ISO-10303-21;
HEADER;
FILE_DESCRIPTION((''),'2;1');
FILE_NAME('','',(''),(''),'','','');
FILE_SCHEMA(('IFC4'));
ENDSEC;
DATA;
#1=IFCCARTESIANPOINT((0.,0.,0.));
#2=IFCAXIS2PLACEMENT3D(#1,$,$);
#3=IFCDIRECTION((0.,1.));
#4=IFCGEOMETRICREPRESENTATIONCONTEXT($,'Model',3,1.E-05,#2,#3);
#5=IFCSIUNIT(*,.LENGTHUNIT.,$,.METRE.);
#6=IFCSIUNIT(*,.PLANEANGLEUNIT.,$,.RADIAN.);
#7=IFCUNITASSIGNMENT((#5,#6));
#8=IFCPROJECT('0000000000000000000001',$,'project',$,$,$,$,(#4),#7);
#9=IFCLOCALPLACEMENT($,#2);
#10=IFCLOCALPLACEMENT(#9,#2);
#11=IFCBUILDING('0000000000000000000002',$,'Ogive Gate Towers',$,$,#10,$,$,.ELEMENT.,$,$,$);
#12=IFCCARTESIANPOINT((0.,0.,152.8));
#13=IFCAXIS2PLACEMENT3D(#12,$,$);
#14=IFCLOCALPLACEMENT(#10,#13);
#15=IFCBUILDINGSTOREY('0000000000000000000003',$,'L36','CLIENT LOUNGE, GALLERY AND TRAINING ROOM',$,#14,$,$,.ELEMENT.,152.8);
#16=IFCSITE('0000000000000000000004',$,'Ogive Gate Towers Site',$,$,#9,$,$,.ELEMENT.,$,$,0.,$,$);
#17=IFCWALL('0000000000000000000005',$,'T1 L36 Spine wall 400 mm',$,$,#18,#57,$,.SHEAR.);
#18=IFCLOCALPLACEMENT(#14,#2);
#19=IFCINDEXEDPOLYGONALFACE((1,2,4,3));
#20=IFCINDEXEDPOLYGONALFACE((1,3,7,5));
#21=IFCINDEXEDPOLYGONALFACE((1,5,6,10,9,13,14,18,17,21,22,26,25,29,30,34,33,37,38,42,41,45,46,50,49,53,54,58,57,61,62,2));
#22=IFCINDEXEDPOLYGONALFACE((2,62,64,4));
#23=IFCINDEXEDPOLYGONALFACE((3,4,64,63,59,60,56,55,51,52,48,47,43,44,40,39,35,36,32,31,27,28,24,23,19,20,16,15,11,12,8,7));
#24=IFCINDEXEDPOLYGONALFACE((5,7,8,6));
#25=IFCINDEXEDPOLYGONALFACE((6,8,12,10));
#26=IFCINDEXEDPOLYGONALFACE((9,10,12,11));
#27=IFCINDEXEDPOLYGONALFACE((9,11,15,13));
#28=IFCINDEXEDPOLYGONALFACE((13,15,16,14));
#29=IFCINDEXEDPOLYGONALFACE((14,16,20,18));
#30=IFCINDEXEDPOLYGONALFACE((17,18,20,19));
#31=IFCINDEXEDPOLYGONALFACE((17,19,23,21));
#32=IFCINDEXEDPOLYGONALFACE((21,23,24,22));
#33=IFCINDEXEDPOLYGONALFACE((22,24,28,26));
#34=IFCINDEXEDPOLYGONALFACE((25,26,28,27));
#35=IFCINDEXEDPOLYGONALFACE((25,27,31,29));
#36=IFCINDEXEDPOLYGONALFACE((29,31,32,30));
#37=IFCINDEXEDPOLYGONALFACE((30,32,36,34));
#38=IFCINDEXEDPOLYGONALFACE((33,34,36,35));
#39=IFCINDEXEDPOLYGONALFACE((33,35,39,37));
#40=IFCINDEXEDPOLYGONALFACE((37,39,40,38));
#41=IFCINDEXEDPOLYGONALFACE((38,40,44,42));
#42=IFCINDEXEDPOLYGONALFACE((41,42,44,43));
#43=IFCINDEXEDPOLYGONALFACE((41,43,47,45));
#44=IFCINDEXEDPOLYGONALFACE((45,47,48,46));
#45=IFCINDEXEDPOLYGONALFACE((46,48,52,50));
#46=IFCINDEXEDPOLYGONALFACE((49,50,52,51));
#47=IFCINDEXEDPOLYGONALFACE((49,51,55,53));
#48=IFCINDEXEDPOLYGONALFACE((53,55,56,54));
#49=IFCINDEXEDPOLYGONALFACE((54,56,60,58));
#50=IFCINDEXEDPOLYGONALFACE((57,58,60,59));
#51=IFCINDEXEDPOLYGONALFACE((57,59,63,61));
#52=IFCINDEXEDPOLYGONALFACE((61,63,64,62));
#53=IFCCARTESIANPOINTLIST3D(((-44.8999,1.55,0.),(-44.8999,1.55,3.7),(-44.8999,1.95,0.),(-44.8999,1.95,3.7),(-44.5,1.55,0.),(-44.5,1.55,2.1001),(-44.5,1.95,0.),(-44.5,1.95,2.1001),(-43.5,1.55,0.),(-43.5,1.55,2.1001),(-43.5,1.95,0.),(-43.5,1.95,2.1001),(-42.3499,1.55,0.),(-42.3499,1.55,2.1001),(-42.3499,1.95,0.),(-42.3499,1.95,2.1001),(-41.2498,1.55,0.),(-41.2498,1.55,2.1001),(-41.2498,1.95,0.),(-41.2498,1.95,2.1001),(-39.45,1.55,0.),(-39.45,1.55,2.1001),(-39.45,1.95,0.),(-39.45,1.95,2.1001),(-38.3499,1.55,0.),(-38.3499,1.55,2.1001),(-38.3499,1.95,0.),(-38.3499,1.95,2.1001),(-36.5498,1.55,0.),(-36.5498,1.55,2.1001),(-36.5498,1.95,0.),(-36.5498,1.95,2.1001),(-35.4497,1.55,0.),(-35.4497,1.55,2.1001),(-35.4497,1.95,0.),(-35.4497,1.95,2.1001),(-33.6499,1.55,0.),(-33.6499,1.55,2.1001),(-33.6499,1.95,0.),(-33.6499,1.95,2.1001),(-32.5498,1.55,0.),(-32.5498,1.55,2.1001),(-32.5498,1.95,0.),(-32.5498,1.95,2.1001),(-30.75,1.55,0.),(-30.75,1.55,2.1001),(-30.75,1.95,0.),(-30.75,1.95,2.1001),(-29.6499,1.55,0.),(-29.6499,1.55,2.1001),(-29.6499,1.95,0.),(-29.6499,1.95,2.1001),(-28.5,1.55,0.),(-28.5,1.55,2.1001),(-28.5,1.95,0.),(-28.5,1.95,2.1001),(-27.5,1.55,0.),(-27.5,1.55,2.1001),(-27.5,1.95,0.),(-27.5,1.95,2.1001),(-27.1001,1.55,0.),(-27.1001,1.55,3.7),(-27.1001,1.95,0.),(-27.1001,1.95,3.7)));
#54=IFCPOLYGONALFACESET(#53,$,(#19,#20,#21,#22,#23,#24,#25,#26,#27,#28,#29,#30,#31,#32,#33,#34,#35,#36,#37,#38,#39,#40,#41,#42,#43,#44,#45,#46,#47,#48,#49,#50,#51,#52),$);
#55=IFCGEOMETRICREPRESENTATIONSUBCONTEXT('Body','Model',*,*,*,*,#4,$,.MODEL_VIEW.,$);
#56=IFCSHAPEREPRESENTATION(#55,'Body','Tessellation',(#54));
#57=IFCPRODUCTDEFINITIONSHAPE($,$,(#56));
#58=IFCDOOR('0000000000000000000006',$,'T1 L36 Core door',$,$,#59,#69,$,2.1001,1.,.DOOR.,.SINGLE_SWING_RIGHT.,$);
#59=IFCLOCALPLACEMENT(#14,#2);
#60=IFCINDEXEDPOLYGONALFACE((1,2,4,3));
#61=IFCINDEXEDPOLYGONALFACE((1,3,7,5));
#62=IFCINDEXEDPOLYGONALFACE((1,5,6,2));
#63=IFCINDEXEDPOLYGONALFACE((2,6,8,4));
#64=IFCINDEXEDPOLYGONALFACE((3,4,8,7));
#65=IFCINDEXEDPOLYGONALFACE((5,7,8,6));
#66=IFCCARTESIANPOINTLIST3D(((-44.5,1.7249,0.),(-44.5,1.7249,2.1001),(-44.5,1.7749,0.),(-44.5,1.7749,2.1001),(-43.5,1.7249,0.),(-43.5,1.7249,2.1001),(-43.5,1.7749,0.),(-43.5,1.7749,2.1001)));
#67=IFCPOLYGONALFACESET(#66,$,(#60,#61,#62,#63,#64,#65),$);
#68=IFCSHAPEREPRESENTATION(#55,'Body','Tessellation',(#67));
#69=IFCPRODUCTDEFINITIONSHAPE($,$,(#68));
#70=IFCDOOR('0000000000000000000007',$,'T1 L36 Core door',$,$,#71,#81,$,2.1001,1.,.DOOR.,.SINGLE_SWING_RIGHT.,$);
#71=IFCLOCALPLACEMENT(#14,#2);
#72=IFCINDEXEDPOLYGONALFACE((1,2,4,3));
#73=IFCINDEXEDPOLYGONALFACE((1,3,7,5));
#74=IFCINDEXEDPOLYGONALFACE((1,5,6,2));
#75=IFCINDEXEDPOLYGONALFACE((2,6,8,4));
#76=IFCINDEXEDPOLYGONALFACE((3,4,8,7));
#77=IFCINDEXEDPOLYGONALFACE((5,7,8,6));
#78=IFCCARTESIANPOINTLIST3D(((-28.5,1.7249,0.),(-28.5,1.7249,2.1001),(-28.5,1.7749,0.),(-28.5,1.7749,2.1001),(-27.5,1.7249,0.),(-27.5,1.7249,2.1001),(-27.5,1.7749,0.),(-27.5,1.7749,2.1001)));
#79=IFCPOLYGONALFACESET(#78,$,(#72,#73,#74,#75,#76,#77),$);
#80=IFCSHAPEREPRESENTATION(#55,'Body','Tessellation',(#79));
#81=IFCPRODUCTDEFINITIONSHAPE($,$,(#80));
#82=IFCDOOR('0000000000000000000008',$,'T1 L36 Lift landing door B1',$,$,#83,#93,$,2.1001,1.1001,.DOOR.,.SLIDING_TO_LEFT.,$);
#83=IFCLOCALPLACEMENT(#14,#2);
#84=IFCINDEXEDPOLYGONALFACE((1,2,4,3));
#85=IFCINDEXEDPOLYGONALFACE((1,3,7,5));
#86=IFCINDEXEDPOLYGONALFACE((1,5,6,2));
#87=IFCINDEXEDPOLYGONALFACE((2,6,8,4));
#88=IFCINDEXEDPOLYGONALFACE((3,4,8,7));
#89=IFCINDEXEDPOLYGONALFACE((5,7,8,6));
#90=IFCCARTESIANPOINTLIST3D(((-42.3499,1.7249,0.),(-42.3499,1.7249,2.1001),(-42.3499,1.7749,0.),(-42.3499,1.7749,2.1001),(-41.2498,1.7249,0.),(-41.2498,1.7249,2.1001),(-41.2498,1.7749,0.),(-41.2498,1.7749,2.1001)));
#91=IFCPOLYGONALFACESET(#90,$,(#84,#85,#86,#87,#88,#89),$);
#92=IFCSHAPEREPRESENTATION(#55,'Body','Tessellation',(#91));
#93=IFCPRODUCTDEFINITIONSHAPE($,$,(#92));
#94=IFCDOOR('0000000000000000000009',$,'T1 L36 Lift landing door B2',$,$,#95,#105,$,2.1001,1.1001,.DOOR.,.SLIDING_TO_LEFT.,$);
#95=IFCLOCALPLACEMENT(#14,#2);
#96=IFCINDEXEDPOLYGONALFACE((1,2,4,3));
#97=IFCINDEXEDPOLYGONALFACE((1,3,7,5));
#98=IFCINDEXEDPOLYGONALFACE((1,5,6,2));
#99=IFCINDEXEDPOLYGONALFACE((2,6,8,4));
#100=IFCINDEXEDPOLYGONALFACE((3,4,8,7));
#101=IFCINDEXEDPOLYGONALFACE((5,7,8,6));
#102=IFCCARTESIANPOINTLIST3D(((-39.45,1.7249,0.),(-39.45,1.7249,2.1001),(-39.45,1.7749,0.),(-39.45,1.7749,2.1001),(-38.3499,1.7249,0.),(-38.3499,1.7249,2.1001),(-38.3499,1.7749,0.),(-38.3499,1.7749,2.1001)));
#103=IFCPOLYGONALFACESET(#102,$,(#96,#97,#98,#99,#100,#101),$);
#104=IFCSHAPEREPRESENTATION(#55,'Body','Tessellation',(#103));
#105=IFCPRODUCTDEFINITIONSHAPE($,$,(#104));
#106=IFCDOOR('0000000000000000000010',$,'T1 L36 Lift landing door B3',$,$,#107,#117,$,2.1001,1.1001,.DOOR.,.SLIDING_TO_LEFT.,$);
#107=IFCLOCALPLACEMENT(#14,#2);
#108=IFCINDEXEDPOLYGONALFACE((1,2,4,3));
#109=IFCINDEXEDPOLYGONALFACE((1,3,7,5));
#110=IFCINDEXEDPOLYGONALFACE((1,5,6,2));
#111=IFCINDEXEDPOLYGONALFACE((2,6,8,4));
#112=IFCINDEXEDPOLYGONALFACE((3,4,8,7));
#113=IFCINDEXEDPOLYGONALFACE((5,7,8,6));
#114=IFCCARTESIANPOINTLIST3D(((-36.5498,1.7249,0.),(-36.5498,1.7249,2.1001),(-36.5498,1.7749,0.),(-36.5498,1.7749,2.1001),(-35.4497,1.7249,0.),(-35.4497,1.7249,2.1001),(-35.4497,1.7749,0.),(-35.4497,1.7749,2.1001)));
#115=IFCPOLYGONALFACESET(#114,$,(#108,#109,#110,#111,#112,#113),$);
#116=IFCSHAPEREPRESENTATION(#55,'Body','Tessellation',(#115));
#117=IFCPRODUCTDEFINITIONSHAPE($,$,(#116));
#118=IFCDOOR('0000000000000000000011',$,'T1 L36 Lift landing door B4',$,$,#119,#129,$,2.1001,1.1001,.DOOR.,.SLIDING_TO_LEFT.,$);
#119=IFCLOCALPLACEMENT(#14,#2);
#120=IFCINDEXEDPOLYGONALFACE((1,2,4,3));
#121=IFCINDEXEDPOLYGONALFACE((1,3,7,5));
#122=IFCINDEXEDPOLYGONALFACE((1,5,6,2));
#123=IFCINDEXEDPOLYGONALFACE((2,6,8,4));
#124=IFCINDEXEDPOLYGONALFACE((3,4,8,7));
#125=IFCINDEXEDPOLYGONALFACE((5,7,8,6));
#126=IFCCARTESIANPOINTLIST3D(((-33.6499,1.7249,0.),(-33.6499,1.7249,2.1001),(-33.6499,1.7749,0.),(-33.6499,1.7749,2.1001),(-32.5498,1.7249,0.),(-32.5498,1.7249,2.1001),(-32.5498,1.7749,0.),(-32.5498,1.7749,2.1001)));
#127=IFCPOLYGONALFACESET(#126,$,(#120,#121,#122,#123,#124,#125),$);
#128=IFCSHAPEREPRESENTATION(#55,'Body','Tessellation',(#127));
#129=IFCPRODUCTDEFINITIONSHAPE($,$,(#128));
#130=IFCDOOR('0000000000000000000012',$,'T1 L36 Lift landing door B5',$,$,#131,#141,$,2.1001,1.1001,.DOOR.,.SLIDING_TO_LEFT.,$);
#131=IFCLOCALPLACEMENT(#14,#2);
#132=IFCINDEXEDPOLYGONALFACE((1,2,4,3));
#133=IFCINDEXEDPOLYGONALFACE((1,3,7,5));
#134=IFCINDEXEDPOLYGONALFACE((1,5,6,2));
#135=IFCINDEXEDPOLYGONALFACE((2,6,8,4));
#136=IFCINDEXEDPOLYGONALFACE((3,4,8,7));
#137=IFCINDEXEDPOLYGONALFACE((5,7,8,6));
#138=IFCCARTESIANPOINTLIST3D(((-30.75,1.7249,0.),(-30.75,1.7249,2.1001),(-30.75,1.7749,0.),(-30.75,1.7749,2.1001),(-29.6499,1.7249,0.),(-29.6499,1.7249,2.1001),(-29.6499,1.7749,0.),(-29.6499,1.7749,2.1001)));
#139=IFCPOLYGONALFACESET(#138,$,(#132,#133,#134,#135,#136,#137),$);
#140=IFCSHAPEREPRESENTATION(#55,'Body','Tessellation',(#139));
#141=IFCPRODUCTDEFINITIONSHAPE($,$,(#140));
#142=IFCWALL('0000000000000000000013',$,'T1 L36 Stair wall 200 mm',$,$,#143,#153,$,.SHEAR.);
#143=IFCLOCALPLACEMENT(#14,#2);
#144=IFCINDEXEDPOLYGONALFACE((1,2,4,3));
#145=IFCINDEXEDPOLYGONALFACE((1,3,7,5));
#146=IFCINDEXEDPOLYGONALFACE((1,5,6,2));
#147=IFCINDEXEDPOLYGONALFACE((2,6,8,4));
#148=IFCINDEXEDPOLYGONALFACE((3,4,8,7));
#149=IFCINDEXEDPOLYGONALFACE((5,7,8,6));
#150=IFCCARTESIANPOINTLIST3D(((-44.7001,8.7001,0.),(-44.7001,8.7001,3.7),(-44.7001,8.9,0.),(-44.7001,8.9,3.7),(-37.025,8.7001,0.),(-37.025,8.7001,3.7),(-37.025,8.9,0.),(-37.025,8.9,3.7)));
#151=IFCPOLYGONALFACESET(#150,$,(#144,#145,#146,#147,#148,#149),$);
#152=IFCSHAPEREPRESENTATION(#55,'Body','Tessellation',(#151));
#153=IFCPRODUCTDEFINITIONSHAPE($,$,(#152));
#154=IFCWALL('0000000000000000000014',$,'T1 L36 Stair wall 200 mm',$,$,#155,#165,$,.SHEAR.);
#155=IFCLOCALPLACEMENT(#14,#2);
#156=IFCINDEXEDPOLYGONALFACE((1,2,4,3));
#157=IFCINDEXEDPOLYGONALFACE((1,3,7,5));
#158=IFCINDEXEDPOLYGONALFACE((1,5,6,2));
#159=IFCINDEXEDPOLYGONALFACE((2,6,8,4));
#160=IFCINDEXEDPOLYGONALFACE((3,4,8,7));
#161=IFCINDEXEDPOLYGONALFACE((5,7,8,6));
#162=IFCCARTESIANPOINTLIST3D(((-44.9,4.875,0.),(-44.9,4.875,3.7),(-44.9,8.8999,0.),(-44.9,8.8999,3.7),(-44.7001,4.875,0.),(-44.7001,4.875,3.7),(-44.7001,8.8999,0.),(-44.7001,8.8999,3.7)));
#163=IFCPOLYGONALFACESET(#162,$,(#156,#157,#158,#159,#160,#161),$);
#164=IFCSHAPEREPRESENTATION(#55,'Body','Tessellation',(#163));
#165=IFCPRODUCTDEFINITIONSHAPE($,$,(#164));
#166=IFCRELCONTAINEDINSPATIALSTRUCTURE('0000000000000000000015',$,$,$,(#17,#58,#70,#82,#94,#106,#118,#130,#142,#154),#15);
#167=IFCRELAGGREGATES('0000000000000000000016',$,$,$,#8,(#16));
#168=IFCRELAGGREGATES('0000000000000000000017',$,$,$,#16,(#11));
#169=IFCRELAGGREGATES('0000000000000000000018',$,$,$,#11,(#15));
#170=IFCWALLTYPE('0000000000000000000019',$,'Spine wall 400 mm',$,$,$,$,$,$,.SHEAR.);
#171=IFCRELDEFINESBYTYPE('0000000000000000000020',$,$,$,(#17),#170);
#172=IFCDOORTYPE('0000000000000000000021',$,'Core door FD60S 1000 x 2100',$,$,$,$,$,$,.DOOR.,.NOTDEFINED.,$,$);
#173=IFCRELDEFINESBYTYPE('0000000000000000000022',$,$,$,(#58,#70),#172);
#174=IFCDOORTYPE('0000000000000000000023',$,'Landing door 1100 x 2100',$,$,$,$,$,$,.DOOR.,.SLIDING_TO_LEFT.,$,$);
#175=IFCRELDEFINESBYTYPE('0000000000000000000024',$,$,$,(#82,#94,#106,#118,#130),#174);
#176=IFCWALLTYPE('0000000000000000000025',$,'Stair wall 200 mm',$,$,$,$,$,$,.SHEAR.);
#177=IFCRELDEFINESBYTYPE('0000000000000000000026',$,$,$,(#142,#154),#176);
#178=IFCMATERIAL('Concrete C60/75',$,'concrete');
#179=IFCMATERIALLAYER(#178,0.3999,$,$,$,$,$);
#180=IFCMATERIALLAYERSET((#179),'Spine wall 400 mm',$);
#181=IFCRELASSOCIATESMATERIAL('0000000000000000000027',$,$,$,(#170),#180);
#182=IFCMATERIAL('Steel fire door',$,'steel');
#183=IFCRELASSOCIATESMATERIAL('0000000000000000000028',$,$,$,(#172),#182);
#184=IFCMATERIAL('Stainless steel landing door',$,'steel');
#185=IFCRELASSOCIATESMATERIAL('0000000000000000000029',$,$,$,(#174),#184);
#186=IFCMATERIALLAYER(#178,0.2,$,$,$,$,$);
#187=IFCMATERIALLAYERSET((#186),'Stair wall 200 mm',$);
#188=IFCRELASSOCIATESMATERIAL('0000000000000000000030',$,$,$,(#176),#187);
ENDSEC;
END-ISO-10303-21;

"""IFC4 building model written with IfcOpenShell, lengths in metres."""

from ifc_helpers import new_model, si_unit, direction, frame, frame_2d, origin, place, context, subcontext, project, spatial, rectangle, extrude, material, layer, layer_set, type_object, element, fill, save


model = new_model("IFC4")

# Units and contexts
model_context = context("Model", 3, precision=1e-05, world=origin(), true_north=direction((0.0, 1.0)))
body_context = subcontext(model_context, "Body", "Model", "MODEL_VIEW")
ifc_project = project(units=[si_unit("LENGTHUNIT", "METRE"), si_unit("PLANEANGLEUNIT", "RADIAN")], contexts=[model_context])

# Site, building, storey
site_placement = place(None, origin())
site = spatial("IfcSite", under=ifc_project, at=site_placement, Name="Ogive Gate Towers Site", CompositionType="ELEMENT", RefElevation=0.0)
building_placement = place(site_placement, origin())
building = spatial("IfcBuilding", under=site, at=building_placement, Name="Ogive Gate Towers", CompositionType="ELEMENT")
storey_placement = place(building_placement, frame((0.0, 0.0, 152.8)))
storey = spatial("IfcBuildingStorey", under=building, at=storey_placement, Name="L36", Description="CLIENT LOUNGE, GALLERY AND TRAINING ROOM", CompositionType="ELEMENT", Elevation=152.8)

# Shared definitions
ifc_material_1 = material(Name="Concrete C60/75", Category="concrete")
ifc_material_2 = material(Name="Steel fire door", Category="steel")

# Shared definitions
ifc_material_3 = material(Name="Stainless steel landing door", Category="steel")

# Wall, openings, doors
ifc_layer_1 = layer(ifc_material_1, 0.3999)
ifc_layer_set_1 = layer_set([ifc_layer_1], Name="Spine wall 400 mm")
wall_type_1 = type_object("IfcWallType", Name="Spine wall 400 mm", PredefinedType="SHEAR", material=ifc_layer_set_1)
wall_1_placement = place(storey_placement, frame((-44.8999, 1.75, 0.0), z_axis=(0.0, 0.0, 1.0), x_axis=(1.0, 0.0, 0.0)))
wall_1 = element("IfcWall", 1, at=wall_1_placement, inside=storey, type_object=wall_type_1, Name="T1 L36 Spine wall 400 mm", PredefinedType="SHEAR", context=body_context, shape_type="SweptSolid", body=[
    extrude(rectangle(XDim=17.7998, YDim=0.3999, at=frame_2d((8.8999, 0.0))), origin(), (0.0, 0.0, 1.0), 3.7),
])
opening_1_placement = place(wall_1_placement, frame((0.3999, 0.0, 0.0)))
opening_1 = element("IfcOpeningElement", 2, at=opening_1_placement, cuts=wall_1, PredefinedType="OPENING", context=body_context, shape_type="SweptSolid", body=[
    extrude(rectangle(XDim=1.0, YDim=2.1001, at=frame_2d((0.5, 1.05))), frame((0.0, 0.21, 0.0), z_axis=(0.0, -1.0, 0.0), x_axis=(1.0, 0.0, 0.0)), (0.0, 0.0, 1.0), 0.4199),
])
opening_2_placement = place(wall_1_placement, frame((2.55, 0.0, 0.0)))
opening_2 = element("IfcOpeningElement", 3, at=opening_2_placement, cuts=wall_1, PredefinedType="OPENING", context=body_context, shape_type="SweptSolid", body=[
    extrude(rectangle(XDim=1.1001, YDim=2.1001, at=frame_2d((0.55, 1.05))), frame((0.0, 0.21, 0.0), z_axis=(0.0, -1.0, 0.0), x_axis=(1.0, 0.0, 0.0)), (0.0, 0.0, 1.0), 0.4199),
])
opening_3_placement = place(wall_1_placement, frame((5.45, 0.0, 0.0)))
opening_3 = element("IfcOpeningElement", 4, at=opening_3_placement, cuts=wall_1, PredefinedType="OPENING", context=body_context, shape_type="SweptSolid", body=[
    extrude(rectangle(XDim=1.1001, YDim=2.1001, at=frame_2d((0.55, 1.05))), frame((0.0, 0.21, 0.0), z_axis=(0.0, -1.0, 0.0), x_axis=(1.0, 0.0, 0.0)), (0.0, 0.0, 1.0), 0.4199),
])
opening_4_placement = place(wall_1_placement, frame((8.3501, 0.0, 0.0)))
opening_4 = element("IfcOpeningElement", 5, at=opening_4_placement, cuts=wall_1, PredefinedType="OPENING", context=body_context, shape_type="SweptSolid", body=[
    extrude(rectangle(XDim=1.1001, YDim=2.1001, at=frame_2d((0.55, 1.05))), frame((0.0, 0.21, 0.0), z_axis=(0.0, -1.0, 0.0), x_axis=(1.0, 0.0, 0.0)), (0.0, 0.0, 1.0), 0.4199),
])
opening_5_placement = place(wall_1_placement, frame((11.25, 0.0, 0.0)))
opening_5 = element("IfcOpeningElement", 6, at=opening_5_placement, cuts=wall_1, PredefinedType="OPENING", context=body_context, shape_type="SweptSolid", body=[
    extrude(rectangle(XDim=1.1001, YDim=2.1001, at=frame_2d((0.55, 1.05))), frame((0.0, 0.21, 0.0), z_axis=(0.0, -1.0, 0.0), x_axis=(1.0, 0.0, 0.0)), (0.0, 0.0, 1.0), 0.4199),
])
opening_6_placement = place(wall_1_placement, frame((14.1499, 0.0, 0.0)))
opening_6 = element("IfcOpeningElement", 7, at=opening_6_placement, cuts=wall_1, PredefinedType="OPENING", context=body_context, shape_type="SweptSolid", body=[
    extrude(rectangle(XDim=1.1001, YDim=2.1001, at=frame_2d((0.55, 1.05))), frame((0.0, 0.21, 0.0), z_axis=(0.0, -1.0, 0.0), x_axis=(1.0, 0.0, 0.0)), (0.0, 0.0, 1.0), 0.4199),
])
opening_7_placement = place(wall_1_placement, frame((16.3999, 0.0, 0.0)))
opening_7 = element("IfcOpeningElement", 8, at=opening_7_placement, cuts=wall_1, PredefinedType="OPENING", context=body_context, shape_type="SweptSolid", body=[
    extrude(rectangle(XDim=1.0, YDim=2.1001, at=frame_2d((0.5, 1.05))), frame((0.0, 0.21, 0.0), z_axis=(0.0, -1.0, 0.0), x_axis=(1.0, 0.0, 0.0)), (0.0, 0.0, 1.0), 0.4199),
])
door_type_1 = type_object("IfcDoorType", Name="Core door FD60S 1000 x 2100", OperationType="NOTDEFINED", PredefinedType="DOOR", material=ifc_material_2)
door_1_placement = place(opening_1_placement, origin())
door_1 = element("IfcDoor", 9, at=door_1_placement, inside=storey, type_object=door_type_1, Name="T1 L36 Core door", OperationType="SINGLE_SWING_RIGHT", OverallHeight=2.1001, OverallWidth=1.0, PredefinedType="DOOR", context=body_context, shape_type="SweptSolid", body=[
    extrude(rectangle(XDim=1.0, YDim=2.1001, at=frame_2d((0.5, 1.05))), frame((0.0, 0.0249, 0.0), z_axis=(0.0, -1.0, 0.0), x_axis=(1.0, 0.0, 0.0)), (0.0, 0.0, 1.0), 0.05),
])
fill(opening_1, door_1)
door_2_placement = place(opening_7_placement, origin())
door_2 = element("IfcDoor", 10, at=door_2_placement, inside=storey, type_object=door_type_1, Name="T1 L36 Core door", OperationType="SINGLE_SWING_RIGHT", OverallHeight=2.1001, OverallWidth=1.0, PredefinedType="DOOR", context=body_context, shape_type="SweptSolid", body=[
    extrude(rectangle(XDim=1.0, YDim=2.1001, at=frame_2d((0.5, 1.05))), frame((0.0, 0.0249, 0.0), z_axis=(0.0, -1.0, 0.0), x_axis=(1.0, 0.0, 0.0)), (0.0, 0.0, 1.0), 0.05),
])
fill(opening_7, door_2)
door_type_2 = type_object("IfcDoorType", Name="Landing door 1100 x 2100", OperationType="SLIDING_TO_LEFT", PredefinedType="DOOR", material=ifc_material_3)
door_3_placement = place(opening_2_placement, origin())
door_3 = element("IfcDoor", 11, at=door_3_placement, inside=storey, type_object=door_type_2, Name="T1 L36 Lift landing door B1", OperationType="SLIDING_TO_LEFT", OverallHeight=2.1001, OverallWidth=1.1001, PredefinedType="DOOR", context=body_context, shape_type="SweptSolid", body=[
    extrude(rectangle(XDim=1.1001, YDim=2.1001, at=frame_2d((0.55, 1.05))), frame((0.0, 0.0249, 0.0), z_axis=(0.0, -1.0, 0.0), x_axis=(1.0, 0.0, 0.0)), (0.0, 0.0, 1.0), 0.05),
])
fill(opening_2, door_3)
door_4_placement = place(opening_3_placement, origin())
door_4 = element("IfcDoor", 12, at=door_4_placement, inside=storey, type_object=door_type_2, Name="T1 L36 Lift landing door B2", OperationType="SLIDING_TO_LEFT", OverallHeight=2.1001, OverallWidth=1.1001, PredefinedType="DOOR", context=body_context, shape_type="SweptSolid", body=[
    extrude(rectangle(XDim=1.1001, YDim=2.1001, at=frame_2d((0.55, 1.05))), frame((0.0, 0.0249, 0.0), z_axis=(0.0, -1.0, 0.0), x_axis=(1.0, 0.0, 0.0)), (0.0, 0.0, 1.0), 0.05),
])
fill(opening_3, door_4)
door_5_placement = place(opening_4_placement, origin())
door_5 = element("IfcDoor", 13, at=door_5_placement, inside=storey, type_object=door_type_2, Name="T1 L36 Lift landing door B3", OperationType="SLIDING_TO_LEFT", OverallHeight=2.1001, OverallWidth=1.1001, PredefinedType="DOOR", context=body_context, shape_type="SweptSolid", body=[
    extrude(rectangle(XDim=1.1001, YDim=2.1001, at=frame_2d((0.55, 1.05))), frame((0.0, 0.0249, 0.0), z_axis=(0.0, -1.0, 0.0), x_axis=(1.0, 0.0, 0.0)), (0.0, 0.0, 1.0), 0.05),
])
fill(opening_4, door_5)
door_6_placement = place(opening_5_placement, origin())
door_6 = element("IfcDoor", 14, at=door_6_placement, inside=storey, type_object=door_type_2, Name="T1 L36 Lift landing door B4", OperationType="SLIDING_TO_LEFT", OverallHeight=2.1001, OverallWidth=1.1001, PredefinedType="DOOR", context=body_context, shape_type="SweptSolid", body=[
    extrude(rectangle(XDim=1.1001, YDim=2.1001, at=frame_2d((0.55, 1.05))), frame((0.0, 0.0249, 0.0), z_axis=(0.0, -1.0, 0.0), x_axis=(1.0, 0.0, 0.0)), (0.0, 0.0, 1.0), 0.05),
])
fill(opening_5, door_6)
door_7_placement = place(opening_6_placement, origin())
door_7 = element("IfcDoor", 15, at=door_7_placement, inside=storey, type_object=door_type_2, Name="T1 L36 Lift landing door B5", OperationType="SLIDING_TO_LEFT", OverallHeight=2.1001, OverallWidth=1.1001, PredefinedType="DOOR", context=body_context, shape_type="SweptSolid", body=[
    extrude(rectangle(XDim=1.1001, YDim=2.1001, at=frame_2d((0.55, 1.05))), frame((0.0, 0.0249, 0.0), z_axis=(0.0, -1.0, 0.0), x_axis=(1.0, 0.0, 0.0)), (0.0, 0.0, 1.0), 0.05),
])
fill(opening_6, door_7)

# Walls
ifc_layer_2 = layer(ifc_material_1, 0.2)
ifc_layer_set_2 = layer_set([ifc_layer_2], Name="Stair wall 200 mm")
wall_type_2 = type_object("IfcWallType", Name="Stair wall 200 mm", PredefinedType="SHEAR", material=ifc_layer_set_2)
wall_2_placement = place(storey_placement, frame((-44.7, 8.8, 0.0), z_axis=(0.0, 0.0, 1.0), x_axis=(1.0, 0.0, 0.0)))
element("IfcWall", 16, at=wall_2_placement, inside=storey, type_object=wall_type_2, Name="T1 L36 Stair wall 200 mm", PredefinedType="SHEAR", context=body_context, shape_type="SweptSolid", body=[
    extrude(rectangle(XDim=7.675, YDim=0.2, at=frame_2d((3.8374, 0.0))), origin(), (0.0, 0.0, 1.0), 3.7),
])
wall_3_placement = place(storey_placement, frame((-44.8, 4.875, 0.0), z_axis=(0.0, 0.0, 1.0), x_axis=(0.0, 1.0, 0.0)))
element("IfcWall", 17, at=wall_3_placement, inside=storey, type_object=wall_type_2, Name="T1 L36 Stair wall 200 mm", PredefinedType="SHEAR", context=body_context, shape_type="SweptSolid", body=[
    extrude(rectangle(XDim=4.0249, YDim=0.2, at=frame_2d((2.0125, 0.0))), origin(), (0.0, 0.0, 1.0), 3.7),
])

save(model, "model.ifc")
